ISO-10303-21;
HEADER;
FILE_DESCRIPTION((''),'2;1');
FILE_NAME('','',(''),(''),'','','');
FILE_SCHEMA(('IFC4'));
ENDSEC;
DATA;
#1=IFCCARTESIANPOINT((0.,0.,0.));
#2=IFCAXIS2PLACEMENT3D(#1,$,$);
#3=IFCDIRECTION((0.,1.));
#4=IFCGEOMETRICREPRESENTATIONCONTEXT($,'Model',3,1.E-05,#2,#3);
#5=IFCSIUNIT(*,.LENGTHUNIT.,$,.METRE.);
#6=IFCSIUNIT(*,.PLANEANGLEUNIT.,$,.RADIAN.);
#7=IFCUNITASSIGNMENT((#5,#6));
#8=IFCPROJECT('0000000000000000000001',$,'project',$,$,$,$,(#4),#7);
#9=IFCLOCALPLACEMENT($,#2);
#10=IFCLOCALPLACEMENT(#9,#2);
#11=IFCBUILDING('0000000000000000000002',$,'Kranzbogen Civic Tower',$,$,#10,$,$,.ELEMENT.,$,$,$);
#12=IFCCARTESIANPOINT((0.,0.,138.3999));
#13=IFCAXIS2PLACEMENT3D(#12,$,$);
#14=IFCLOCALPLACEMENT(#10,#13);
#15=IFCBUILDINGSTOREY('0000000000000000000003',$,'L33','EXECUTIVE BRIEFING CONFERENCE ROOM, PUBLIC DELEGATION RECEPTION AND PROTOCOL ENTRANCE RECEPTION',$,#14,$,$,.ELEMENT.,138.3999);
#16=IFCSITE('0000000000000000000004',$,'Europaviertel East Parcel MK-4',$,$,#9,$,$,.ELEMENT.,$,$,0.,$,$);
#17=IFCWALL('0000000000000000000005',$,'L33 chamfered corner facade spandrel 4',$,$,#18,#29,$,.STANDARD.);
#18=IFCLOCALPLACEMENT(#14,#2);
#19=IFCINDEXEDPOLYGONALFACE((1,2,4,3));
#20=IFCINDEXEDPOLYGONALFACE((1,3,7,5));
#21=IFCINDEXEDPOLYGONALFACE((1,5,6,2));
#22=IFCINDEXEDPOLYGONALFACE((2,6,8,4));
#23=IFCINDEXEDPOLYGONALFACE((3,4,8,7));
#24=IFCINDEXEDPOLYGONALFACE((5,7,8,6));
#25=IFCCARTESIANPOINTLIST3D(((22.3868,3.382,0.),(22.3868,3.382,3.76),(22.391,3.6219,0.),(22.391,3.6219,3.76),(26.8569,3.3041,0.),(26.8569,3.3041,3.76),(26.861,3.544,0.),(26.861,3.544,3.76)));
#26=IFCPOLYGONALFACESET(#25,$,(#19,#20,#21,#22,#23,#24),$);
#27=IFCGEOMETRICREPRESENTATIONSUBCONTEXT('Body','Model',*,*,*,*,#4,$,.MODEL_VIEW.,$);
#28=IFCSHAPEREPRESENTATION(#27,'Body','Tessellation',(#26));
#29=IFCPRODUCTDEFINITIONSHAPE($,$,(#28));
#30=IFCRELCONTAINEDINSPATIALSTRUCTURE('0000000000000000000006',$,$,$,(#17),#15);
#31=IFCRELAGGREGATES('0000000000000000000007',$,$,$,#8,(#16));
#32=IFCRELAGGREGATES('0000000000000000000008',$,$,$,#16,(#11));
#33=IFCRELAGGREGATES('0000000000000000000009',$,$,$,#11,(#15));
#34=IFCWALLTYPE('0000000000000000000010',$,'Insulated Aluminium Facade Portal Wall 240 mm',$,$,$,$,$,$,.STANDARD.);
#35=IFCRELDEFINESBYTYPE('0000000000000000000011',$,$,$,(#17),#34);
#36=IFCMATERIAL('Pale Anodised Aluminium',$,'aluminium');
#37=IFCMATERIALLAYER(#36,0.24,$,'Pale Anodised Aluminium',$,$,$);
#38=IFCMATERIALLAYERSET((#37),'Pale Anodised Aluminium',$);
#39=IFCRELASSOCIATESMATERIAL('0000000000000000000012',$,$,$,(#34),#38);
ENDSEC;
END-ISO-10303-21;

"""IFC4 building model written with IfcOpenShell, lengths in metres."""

from ifc_helpers import new_model, si_unit, direction, frame, frame_2d, origin, place, context, subcontext, project, spatial, rectangle, extrude, material, layer, layer_set, type_object, element, save


model = new_model("IFC4")

# Units and contexts
model_context = context("Model", 3, precision=1e-05, world=origin(), true_north=direction((0.0, 1.0)))
body_context = subcontext(model_context, "Body", "Model", "MODEL_VIEW")
ifc_project = project(units=[si_unit("LENGTHUNIT", "METRE"), si_unit("PLANEANGLEUNIT", "RADIAN")], contexts=[model_context])

# Site, building, storey
site_placement = place(None, origin())
site = spatial("IfcSite", under=ifc_project, at=site_placement, Name="Europaviertel East Parcel MK-4", CompositionType="ELEMENT", RefElevation=0.0)
building_placement = place(site_placement, origin())
building = spatial("IfcBuilding", under=site, at=building_placement, Name="Kranzbogen Civic Tower", CompositionType="ELEMENT")
storey_placement = place(building_placement, frame((0.0, 0.0, 138.3999)))
storey = spatial("IfcBuildingStorey", under=building, at=storey_placement, Name="L33", Description="EXECUTIVE BRIEFING CONFERENCE ROOM, PUBLIC DELEGATION RECEPTION AND PROTOCOL ENTRANCE RECEPTION", CompositionType="ELEMENT", Elevation=138.3999)

# Shared definitions
ifc_material_1 = material(Name="Pale Anodised Aluminium", Category="aluminium")

# Wall
ifc_layer_1 = layer(ifc_material_1, 0.24, Name="Pale Anodised Aluminium")
ifc_layer_set_1 = layer_set([ifc_layer_1], Name="Pale Anodised Aluminium")
wall_type_1 = type_object("IfcWallType", Name="Insulated Aluminium Facade Portal Wall 240 mm", PredefinedType="STANDARD", material=ifc_layer_set_1)
wall_1_placement = place(storey_placement, frame((22.3889, 3.502, 0.0), z_axis=(0.0, 0.0, 1.0), x_axis=(0.999848, -0.01742, 0.0)))
element("IfcWall", 1, at=wall_1_placement, inside=storey, type_object=wall_type_1, Name="L33 chamfered corner facade spandrel 4", PredefinedType="STANDARD", context=body_context, shape_type="SweptSolid", body=[
    extrude(rectangle(XDim=4.4707, YDim=0.24, at=frame_2d((2.2354, 0.0))), origin(), (0.0, 0.0, 1.0), 3.76),
])

save(model, "model.ifc")
